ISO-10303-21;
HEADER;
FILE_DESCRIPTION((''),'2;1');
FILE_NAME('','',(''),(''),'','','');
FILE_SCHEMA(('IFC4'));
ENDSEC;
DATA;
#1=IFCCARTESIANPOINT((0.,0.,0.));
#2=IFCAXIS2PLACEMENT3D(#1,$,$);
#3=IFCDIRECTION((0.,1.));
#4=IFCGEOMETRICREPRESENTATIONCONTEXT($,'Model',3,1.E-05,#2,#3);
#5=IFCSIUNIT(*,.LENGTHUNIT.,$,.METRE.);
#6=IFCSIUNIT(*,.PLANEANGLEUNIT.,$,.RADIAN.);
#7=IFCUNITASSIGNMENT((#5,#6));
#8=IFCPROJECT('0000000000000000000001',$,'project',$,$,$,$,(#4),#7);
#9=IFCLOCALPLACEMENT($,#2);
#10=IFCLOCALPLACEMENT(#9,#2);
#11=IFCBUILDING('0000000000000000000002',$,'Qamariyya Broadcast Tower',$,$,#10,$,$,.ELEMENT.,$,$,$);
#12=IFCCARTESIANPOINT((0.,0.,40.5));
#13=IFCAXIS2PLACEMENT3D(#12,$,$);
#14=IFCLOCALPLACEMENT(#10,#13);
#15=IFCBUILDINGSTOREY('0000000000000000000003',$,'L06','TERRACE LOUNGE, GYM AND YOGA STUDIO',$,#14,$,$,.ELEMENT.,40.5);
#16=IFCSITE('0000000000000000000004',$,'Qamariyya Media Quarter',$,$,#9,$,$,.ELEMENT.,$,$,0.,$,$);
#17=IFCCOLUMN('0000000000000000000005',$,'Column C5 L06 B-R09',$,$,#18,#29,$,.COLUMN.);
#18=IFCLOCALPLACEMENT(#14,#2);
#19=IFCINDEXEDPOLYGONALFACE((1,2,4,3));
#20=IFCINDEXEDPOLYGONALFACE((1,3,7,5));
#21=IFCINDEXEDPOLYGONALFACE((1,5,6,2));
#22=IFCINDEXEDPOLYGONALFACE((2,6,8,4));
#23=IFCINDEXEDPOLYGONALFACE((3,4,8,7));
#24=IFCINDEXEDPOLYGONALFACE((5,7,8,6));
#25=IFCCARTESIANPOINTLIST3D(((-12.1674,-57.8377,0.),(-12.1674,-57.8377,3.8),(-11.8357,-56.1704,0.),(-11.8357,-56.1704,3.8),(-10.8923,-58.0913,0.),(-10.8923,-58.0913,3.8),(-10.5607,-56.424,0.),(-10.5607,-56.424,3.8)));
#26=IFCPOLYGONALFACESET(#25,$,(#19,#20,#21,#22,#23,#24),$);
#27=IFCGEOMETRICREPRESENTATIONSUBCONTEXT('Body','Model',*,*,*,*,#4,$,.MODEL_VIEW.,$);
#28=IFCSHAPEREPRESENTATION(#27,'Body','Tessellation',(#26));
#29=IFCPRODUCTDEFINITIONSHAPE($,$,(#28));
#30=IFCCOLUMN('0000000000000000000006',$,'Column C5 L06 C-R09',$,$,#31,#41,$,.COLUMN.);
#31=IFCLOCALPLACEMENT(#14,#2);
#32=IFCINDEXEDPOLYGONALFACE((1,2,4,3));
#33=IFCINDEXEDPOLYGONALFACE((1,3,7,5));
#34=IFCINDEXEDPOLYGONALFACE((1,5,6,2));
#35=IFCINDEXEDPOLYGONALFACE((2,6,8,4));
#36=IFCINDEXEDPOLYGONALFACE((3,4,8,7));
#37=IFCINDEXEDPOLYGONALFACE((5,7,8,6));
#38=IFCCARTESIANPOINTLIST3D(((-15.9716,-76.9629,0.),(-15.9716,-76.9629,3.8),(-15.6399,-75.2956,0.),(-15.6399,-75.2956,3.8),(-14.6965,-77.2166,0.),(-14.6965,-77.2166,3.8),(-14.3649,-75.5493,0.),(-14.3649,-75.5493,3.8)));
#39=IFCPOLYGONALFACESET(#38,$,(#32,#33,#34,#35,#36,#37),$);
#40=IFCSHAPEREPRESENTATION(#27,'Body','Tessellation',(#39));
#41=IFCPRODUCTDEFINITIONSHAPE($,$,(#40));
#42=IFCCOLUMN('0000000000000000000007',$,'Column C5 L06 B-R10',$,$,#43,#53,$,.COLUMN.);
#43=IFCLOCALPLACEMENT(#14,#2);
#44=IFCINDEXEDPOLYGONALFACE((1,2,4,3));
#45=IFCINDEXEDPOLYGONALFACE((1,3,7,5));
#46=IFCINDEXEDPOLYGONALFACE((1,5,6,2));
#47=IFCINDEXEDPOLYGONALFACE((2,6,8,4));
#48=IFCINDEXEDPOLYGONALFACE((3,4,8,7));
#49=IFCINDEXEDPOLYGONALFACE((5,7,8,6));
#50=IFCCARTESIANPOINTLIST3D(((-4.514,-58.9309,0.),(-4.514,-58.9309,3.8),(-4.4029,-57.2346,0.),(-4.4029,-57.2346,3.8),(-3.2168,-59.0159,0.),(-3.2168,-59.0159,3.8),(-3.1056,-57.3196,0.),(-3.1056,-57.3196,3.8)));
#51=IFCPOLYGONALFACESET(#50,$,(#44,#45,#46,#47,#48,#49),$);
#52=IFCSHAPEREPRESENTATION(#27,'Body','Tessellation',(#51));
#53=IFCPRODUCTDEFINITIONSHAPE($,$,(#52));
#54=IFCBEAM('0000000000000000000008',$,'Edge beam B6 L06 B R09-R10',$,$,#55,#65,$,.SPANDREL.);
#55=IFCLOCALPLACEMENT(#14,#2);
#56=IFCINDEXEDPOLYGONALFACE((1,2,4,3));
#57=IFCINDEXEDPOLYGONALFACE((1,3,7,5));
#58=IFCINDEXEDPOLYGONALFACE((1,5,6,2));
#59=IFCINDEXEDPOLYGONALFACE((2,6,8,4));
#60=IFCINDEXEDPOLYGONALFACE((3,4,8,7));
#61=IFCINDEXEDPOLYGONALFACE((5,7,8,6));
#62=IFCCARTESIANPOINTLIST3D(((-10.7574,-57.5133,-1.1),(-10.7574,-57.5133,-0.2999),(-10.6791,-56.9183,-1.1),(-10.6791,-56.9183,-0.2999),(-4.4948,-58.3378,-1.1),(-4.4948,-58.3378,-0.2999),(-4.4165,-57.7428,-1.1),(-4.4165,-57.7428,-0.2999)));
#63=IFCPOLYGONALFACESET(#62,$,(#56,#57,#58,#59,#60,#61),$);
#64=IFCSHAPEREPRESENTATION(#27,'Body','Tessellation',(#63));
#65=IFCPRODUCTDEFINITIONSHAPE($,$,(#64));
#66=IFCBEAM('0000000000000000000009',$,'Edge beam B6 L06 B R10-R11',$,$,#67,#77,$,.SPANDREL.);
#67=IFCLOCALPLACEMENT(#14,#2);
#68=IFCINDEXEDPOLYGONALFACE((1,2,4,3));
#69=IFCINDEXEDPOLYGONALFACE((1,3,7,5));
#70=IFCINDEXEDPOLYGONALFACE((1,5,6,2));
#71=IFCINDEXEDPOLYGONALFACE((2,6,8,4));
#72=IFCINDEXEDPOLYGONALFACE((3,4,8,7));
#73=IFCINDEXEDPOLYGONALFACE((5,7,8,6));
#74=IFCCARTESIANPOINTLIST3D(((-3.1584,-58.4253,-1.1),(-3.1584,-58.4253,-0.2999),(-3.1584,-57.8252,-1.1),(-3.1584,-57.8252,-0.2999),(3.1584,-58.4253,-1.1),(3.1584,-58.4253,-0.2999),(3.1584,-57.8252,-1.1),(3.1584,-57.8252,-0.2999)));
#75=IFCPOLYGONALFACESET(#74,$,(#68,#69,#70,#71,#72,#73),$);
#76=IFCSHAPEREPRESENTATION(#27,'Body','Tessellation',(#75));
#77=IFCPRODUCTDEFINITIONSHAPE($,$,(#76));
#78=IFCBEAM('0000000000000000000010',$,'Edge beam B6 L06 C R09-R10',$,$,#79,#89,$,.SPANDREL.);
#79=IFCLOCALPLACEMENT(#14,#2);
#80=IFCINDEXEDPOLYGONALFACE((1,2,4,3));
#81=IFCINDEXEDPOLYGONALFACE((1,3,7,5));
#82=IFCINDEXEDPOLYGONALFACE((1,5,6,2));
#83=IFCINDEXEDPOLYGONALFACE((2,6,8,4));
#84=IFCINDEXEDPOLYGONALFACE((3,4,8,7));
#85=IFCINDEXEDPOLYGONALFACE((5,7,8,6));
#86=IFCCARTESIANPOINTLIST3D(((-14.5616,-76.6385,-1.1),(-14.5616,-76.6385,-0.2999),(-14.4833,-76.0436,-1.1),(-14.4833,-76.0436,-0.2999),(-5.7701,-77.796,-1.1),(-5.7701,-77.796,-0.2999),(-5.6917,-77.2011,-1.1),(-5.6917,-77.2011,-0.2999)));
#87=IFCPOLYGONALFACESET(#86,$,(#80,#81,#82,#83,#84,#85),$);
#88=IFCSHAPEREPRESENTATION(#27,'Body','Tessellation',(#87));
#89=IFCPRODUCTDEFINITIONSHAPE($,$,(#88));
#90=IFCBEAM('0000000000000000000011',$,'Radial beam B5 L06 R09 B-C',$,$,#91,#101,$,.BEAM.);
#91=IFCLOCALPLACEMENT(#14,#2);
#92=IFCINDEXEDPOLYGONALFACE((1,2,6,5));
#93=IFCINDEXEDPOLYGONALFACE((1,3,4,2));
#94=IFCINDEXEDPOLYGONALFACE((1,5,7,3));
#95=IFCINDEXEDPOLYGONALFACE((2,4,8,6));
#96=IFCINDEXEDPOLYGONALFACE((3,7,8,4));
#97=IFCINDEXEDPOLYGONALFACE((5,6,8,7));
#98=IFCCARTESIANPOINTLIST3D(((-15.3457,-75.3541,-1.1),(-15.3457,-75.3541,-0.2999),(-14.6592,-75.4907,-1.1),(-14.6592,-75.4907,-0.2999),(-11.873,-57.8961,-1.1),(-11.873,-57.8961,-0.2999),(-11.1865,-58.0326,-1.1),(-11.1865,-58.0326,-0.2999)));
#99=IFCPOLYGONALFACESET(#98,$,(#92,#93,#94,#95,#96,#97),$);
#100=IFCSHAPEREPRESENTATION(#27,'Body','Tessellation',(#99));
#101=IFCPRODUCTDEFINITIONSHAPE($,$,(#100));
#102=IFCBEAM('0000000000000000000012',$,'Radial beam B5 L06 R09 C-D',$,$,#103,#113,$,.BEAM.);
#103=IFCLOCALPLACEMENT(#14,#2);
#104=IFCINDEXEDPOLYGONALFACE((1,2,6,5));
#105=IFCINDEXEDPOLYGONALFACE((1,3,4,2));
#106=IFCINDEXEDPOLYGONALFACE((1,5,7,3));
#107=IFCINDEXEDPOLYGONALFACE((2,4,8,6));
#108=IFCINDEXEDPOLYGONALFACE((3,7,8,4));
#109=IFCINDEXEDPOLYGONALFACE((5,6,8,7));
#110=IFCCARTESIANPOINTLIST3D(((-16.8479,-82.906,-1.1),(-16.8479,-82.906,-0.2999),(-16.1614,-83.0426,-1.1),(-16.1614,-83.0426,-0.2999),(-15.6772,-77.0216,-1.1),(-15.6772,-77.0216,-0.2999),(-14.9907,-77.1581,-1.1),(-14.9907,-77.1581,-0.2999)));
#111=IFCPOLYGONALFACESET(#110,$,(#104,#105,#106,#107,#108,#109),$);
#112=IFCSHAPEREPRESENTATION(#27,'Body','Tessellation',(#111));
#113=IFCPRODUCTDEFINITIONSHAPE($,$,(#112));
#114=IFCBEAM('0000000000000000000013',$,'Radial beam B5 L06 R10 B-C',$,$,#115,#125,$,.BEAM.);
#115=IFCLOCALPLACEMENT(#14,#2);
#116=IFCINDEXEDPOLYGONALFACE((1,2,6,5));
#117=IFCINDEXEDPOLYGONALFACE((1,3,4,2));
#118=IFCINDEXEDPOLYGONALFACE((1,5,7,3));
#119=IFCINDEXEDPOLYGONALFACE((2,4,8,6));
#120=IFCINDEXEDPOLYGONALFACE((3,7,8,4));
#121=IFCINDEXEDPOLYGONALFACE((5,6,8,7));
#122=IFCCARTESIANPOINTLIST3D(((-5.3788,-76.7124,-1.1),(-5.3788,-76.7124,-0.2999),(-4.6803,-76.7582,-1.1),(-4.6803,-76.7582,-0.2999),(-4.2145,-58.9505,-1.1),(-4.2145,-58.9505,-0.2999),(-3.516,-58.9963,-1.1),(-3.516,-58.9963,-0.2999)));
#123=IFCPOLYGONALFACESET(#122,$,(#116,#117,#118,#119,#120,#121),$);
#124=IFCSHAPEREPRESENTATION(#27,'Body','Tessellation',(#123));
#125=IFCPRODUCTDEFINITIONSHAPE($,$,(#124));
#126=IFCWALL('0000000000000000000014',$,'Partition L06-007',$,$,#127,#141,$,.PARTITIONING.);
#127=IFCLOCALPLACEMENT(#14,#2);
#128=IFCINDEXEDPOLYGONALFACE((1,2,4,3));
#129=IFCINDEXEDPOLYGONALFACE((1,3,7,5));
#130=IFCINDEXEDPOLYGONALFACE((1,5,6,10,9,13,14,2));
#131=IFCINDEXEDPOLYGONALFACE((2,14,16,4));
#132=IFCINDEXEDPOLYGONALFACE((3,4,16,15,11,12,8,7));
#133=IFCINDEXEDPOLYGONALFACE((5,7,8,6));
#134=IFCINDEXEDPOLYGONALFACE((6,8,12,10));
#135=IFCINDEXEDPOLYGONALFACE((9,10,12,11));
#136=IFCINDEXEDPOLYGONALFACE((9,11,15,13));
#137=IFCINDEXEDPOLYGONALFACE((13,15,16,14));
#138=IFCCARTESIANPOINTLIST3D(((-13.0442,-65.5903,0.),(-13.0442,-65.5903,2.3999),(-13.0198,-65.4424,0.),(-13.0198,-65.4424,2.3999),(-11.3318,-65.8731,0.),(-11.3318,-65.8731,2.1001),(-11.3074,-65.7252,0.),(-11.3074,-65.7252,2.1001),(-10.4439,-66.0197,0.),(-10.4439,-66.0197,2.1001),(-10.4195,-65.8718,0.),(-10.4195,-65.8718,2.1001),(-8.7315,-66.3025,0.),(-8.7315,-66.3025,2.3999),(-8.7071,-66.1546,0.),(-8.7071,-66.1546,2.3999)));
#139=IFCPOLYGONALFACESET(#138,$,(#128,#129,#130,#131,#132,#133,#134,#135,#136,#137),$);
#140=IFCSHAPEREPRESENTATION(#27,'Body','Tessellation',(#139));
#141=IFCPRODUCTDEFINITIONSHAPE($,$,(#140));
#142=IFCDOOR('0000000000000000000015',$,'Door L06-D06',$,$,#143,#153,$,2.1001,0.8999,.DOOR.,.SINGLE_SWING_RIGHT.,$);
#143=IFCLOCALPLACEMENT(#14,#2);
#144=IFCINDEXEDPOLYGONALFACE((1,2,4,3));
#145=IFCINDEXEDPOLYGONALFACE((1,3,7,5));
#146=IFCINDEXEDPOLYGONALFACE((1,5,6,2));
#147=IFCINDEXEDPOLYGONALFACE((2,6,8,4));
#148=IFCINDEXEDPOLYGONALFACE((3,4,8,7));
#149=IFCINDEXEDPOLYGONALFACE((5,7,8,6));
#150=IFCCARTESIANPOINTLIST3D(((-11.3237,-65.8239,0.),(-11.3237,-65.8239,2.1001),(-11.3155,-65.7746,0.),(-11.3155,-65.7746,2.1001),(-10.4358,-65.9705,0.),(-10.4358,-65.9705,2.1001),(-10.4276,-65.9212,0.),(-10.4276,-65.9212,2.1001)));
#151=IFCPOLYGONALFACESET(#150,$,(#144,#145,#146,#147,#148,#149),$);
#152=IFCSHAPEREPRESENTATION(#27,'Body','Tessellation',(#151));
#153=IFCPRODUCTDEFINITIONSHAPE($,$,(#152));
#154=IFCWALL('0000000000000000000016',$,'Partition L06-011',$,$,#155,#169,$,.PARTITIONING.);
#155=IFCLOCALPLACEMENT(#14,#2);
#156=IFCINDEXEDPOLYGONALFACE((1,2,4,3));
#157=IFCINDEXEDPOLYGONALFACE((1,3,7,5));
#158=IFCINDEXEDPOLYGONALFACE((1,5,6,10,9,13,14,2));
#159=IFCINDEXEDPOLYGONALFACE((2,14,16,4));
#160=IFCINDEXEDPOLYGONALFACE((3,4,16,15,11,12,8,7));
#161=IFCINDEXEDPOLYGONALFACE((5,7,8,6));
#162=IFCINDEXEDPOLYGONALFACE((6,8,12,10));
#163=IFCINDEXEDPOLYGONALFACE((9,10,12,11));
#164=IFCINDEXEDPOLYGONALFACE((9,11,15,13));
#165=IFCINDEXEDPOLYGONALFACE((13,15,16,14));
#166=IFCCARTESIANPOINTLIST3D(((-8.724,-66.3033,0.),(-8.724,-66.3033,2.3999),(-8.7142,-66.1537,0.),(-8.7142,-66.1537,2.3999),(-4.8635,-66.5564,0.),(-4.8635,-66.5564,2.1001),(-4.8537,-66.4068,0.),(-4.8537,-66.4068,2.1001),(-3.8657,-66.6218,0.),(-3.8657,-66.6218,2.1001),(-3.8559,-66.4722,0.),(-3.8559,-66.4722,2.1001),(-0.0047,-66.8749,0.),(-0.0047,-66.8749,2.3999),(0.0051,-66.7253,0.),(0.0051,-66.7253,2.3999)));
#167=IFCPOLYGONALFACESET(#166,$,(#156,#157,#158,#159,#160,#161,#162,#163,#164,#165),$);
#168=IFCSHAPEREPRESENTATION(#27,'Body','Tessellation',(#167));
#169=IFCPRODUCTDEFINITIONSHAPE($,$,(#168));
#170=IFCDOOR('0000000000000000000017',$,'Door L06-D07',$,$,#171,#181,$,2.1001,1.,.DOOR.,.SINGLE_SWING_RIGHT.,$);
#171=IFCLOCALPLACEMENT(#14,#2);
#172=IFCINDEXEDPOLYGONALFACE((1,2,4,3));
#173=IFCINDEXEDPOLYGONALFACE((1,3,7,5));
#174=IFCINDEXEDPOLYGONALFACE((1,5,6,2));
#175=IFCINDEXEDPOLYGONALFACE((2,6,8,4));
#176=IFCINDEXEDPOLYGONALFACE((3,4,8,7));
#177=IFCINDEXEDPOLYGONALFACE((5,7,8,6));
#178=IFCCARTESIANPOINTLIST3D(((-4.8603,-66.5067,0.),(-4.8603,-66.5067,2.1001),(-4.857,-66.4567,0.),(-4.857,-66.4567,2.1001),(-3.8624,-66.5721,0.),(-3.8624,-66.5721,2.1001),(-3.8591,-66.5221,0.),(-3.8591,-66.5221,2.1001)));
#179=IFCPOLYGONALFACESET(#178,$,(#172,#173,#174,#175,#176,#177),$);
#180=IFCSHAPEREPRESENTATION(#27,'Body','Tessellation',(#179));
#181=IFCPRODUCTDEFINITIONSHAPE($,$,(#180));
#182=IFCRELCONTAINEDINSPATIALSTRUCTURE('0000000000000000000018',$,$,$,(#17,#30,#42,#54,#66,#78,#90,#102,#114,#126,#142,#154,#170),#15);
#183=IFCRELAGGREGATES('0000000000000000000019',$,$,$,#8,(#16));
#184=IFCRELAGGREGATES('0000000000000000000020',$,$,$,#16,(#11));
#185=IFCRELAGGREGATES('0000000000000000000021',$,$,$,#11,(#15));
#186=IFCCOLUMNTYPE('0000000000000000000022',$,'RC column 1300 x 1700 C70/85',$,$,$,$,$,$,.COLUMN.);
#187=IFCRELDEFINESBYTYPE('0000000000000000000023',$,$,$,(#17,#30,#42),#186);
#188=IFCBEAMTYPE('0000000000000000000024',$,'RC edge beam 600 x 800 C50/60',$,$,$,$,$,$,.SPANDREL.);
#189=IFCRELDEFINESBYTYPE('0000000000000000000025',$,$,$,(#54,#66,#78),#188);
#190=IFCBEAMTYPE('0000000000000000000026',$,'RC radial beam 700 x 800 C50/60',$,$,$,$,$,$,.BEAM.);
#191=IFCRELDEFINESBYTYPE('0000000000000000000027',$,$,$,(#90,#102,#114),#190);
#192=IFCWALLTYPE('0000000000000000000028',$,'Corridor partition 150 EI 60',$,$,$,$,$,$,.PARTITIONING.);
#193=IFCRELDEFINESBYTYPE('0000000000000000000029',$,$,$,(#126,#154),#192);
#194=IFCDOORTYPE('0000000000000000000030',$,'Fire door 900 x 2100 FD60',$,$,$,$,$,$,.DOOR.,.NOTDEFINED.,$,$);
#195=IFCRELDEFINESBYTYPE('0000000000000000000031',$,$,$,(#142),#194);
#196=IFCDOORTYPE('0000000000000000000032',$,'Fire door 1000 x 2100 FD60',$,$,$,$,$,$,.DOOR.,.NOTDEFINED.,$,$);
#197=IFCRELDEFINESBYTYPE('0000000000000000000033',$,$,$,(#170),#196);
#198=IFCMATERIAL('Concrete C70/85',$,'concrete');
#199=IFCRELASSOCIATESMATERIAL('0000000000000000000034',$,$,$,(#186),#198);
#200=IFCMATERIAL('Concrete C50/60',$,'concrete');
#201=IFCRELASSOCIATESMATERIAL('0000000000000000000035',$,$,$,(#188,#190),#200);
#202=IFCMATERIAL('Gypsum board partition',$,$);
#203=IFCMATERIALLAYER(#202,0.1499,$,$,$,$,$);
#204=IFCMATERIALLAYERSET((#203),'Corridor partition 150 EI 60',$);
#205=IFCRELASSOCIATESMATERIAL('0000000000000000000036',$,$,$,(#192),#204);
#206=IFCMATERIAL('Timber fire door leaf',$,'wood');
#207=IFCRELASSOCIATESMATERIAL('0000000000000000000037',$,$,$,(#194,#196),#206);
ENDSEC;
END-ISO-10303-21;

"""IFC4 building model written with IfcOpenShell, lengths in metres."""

from ifc_helpers import new_model, si_unit, direction, frame, frame_2d, origin, origin_2d, place, context, subcontext, project, spatial, rectangle, extrude, material, layer, layer_set, material_profile, profile_set, type_object, element, fill, save


model = new_model("IFC4")

# Units and contexts
model_context = context("Model", 3, precision=1e-05, world=origin(), true_north=direction((0.0, 1.0)))
body_context = subcontext(model_context, "Body", "Model", "MODEL_VIEW")
ifc_project = project(units=[si_unit("LENGTHUNIT", "METRE"), si_unit("PLANEANGLEUNIT", "RADIAN")], contexts=[model_context])

# Site, building, storey
site_placement = place(None, origin())
site = spatial("IfcSite", under=ifc_project, at=site_placement, Name="Qamariyya Media Quarter", CompositionType="ELEMENT", RefElevation=0.0)
building_placement = place(site_placement, origin())
building = spatial("IfcBuilding", under=site, at=building_placement, Name="Qamariyya Broadcast Tower", CompositionType="ELEMENT")
storey_placement = place(building_placement, frame((0.0, 0.0, 40.5)))
storey = spatial("IfcBuildingStorey", under=building, at=storey_placement, Name="L06", Description="TERRACE LOUNGE, GYM AND YOGA STUDIO", CompositionType="ELEMENT", Elevation=40.5)

# Columns
ifc_material_1 = material(Name="Concrete C70/85", Category="concrete")
ifc_material_profile_1 = material_profile(ifc_material_1, rectangle(XDim=1.3, YDim=1.7, at=origin_2d()))
ifc_profile_set_1 = profile_set([ifc_material_profile_1], Name="Concrete C70/85")
column_type = type_object("IfcColumnType", Name="RC column 1300 x 1700 C70/85", PredefinedType="COLUMN", material=ifc_profile_set_1)
for number, where, z_axis, x_axis, name in (
    (1, (-11.364, -57.1309, 0.0), (0.0, 0.0, 1.0), (0.980785, -0.19509, 0.0), "Column C5 L06 B-R09"),
    (2, (-15.1682, -76.2561, 0.0), (0.0, 0.0, 1.0), (0.980785, -0.19509, 0.0), "Column C5 L06 C-R09"),
    (3, (-3.8098, -58.1252, 0.0), (0.0, 0.0, 1.0), (0.997859, -0.065403, 0.0), "Column C5 L06 B-R10"),
):
    element("IfcColumn", number, at=place(storey_placement, frame(where, z_axis=z_axis, x_axis=x_axis)), inside=storey, type_object=column_type, Name=name, PredefinedType="COLUMN", context=body_context, shape_type="SweptSolid", body=[
        extrude(rectangle(XDim=1.3, YDim=1.7, at=origin_2d()), origin(), (0.0, 0.0, 1.0), 3.8),
    ])

# Beams
ifc_material_2 = material(Name="Concrete C50/60", Category="concrete")
ifc_material_profile_2 = material_profile(ifc_material_2, rectangle(XDim=0.6001, YDim=0.8, at=origin_2d()))
ifc_profile_set_2 = profile_set([ifc_material_profile_2], Name="Concrete C50/60")
beam_type_1 = type_object("IfcBeamType", Name="RC edge beam 600 x 800 C50/60", PredefinedType="SPANDREL", material=ifc_profile_set_2)
beam_1_placement = place(storey_placement, frame((-10.7183, -57.2158, -0.7), z_axis=(0.991446, -0.13052, 0.0), x_axis=(0.13052, 0.991446, 0.0)))
element("IfcBeam", 4, at=beam_1_placement, inside=storey, type_object=beam_type_1, Name="Edge beam B6 L06 B R09-R10", PredefinedType="SPANDREL", context=body_context, shape_type="SweptSolid", body=[
    extrude(rectangle(XDim=0.6001, YDim=0.8, at=origin_2d()), origin(), (0.0, 0.0, 1.0), 6.3167),
])
beam_2_placement = place(storey_placement, frame((-3.1584, -58.1252, -0.7), z_axis=(1.0, 0.0, 0.0), x_axis=(0.0, 1.0, 0.0)))
element("IfcBeam", 5, at=beam_2_placement, inside=storey, type_object=beam_type_1, Name="Edge beam B6 L06 B R10-R11", PredefinedType="SPANDREL", context=body_context, shape_type="SweptSolid", body=[
    extrude(rectangle(XDim=0.6001, YDim=0.8, at=origin_2d()), origin(), (0.0, 0.0, 1.0), 6.3169),
])
beam_3_placement = place(storey_placement, frame((-14.5225, -76.3411, -0.7), z_axis=(0.991444, -0.130531, 0.0), x_axis=(0.130531, 0.991444, 0.0)))
element("IfcBeam", 6, at=beam_3_placement, inside=storey, type_object=beam_type_1, Name="Edge beam B6 L06 C R09-R10", PredefinedType="SPANDREL", context=body_context, shape_type="SweptSolid", body=[
    extrude(rectangle(XDim=0.6001, YDim=0.8, at=origin_2d()), origin(), (0.0, 0.0, 1.0), 8.8674),
])
ifc_material_profile_3 = material_profile(ifc_material_2, rectangle(XDim=0.7, YDim=0.8, at=origin_2d()))
ifc_profile_set_3 = profile_set([ifc_material_profile_3], Name="Concrete C50/60")
beam_type_2 = type_object("IfcBeamType", Name="RC radial beam 700 x 800 C50/60", PredefinedType="BEAM", material=ifc_profile_set_3)
beam_4_placement = place(storey_placement, frame((-11.5298, -57.9644, -0.7), z_axis=(-0.195093, -0.980785, 0.0), x_axis=(0.980785, -0.195093, 0.0)))
element("IfcBeam", 7, at=beam_4_placement, inside=storey, type_object=beam_type_2, Name="Radial beam B5 L06 R09 B-C", PredefinedType="BEAM", context=body_context, shape_type="SweptSolid", body=[
    extrude(rectangle(XDim=0.7, YDim=0.8, at=origin_2d()), origin(), (0.0, 0.0, 1.0), 17.8),
])
beam_5_placement = place(storey_placement, frame((-15.334, -77.0898, -0.7), z_axis=(-0.195114, -0.98078, 0.0), x_axis=(0.98078, -0.195114, 0.0)))
element("IfcBeam", 8, at=beam_5_placement, inside=storey, type_object=beam_type_2, Name="Radial beam B5 L06 R09 C-D", PredefinedType="BEAM", context=body_context, shape_type="SweptSolid", body=[
    extrude(rectangle(XDim=0.7, YDim=0.8, at=origin_2d()), origin(), (0.0, 0.0, 1.0), 5.9998),
])
beam_6_placement = place(storey_placement, frame((-3.8652, -58.9734, -0.7), z_axis=(-0.06541, -0.997858, 0.0), x_axis=(0.997858, -0.06541, 0.0)))
element("IfcBeam", 9, at=beam_6_placement, inside=storey, type_object=beam_type_2, Name="Radial beam B5 L06 R10 B-C", PredefinedType="BEAM", context=body_context, shape_type="SweptSolid", body=[
    extrude(rectangle(XDim=0.7, YDim=0.8, at=origin_2d()), origin(), (0.0, 0.0, 1.0), 17.8),
])

# Walls, openings, doors
ifc_material_3 = material(Name="Gypsum board partition")
ifc_layer_1 = layer(ifc_material_3, 0.1499)
ifc_layer_set_1 = layer_set([ifc_layer_1], Name="Corridor partition 150 EI 60")
wall_type_1 = type_object("IfcWallType", Name="Corridor partition 150 EI 60", PredefinedType="PARTITIONING", material=ifc_layer_set_1)
wall_1_placement = place(storey_placement, frame((-13.032, -65.5164, 0.0), z_axis=(0.0, 0.0, 1.0), x_axis=(0.986639, -0.162922, 0.0)))
wall_1 = element("IfcWall", 10, at=wall_1_placement, inside=storey, type_object=wall_type_1, Name="Partition L06-007", PredefinedType="PARTITIONING", context=body_context, shape_type="SweptSolid", body=[
    extrude(rectangle(XDim=4.3711, YDim=0.1499, at=frame_2d((2.1855, 0.0))), origin(), (0.0, 0.0, 1.0), 2.3999),
])
opening_1_placement = place(wall_1_placement, frame((1.7356, 0.0, 0.0)))
opening_1 = element("IfcOpeningElement", 11, at=opening_1_placement, cuts=wall_1, PredefinedType="OPENING", context=body_context, shape_type="SweptSolid", body=[
    extrude(rectangle(XDim=0.8999, YDim=2.1001, at=frame_2d((0.45, 1.05))), frame((0.0, 0.085, 0.0), z_axis=(0.0, -1.0, 0.0), x_axis=(1.0, 0.0, 0.0)), (0.0, 0.0, 1.0), 0.1699),
])
ifc_material_4 = material(Name="Timber fire door leaf", Category="wood")
door_type_1 = type_object("IfcDoorType", Name="Fire door 900 x 2100 FD60", OperationType="NOTDEFINED", PredefinedType="DOOR", material=ifc_material_4)
door_1_placement = place(opening_1_placement, origin())
door_1 = element("IfcDoor", 12, at=door_1_placement, inside=storey, type_object=door_type_1, Name="Door L06-D06", OperationType="SINGLE_SWING_RIGHT", OverallHeight=2.1001, OverallWidth=0.8999, PredefinedType="DOOR", context=body_context, shape_type="SweptSolid", body=[
    extrude(rectangle(XDim=0.8999, YDim=2.1001, at=frame_2d((0.45, 1.05))), frame((0.0, 0.0249, 0.0), z_axis=(0.0, -1.0, 0.0), x_axis=(1.0, 0.0, 0.0)), (0.0, 0.0, 1.0), 0.05),
])
fill(opening_1, door_1)
wall_2_placement = place(storey_placement, frame((-8.7192, -66.2285, 0.0), z_axis=(0.0, 0.0, 1.0), x_axis=(0.997859, -0.065408, 0.0)))
wall_2 = element("IfcWall", 13, at=wall_2_placement, inside=storey, type_object=wall_type_1, Name="Partition L06-011", PredefinedType="PARTITIONING", context=body_context, shape_type="SweptSolid", body=[
    extrude(rectangle(XDim=8.738, YDim=0.1499, at=frame_2d((4.3691, 0.0))), origin(), (0.0, 0.0, 1.0), 2.3999),
])
opening_2_placement = place(wall_2_placement, frame((3.8689, 0.0, 0.0)))
opening_2 = element("IfcOpeningElement", 14, at=opening_2_placement, cuts=wall_2, PredefinedType="OPENING", context=body_context, shape_type="SweptSolid", body=[
    extrude(rectangle(XDim=1.0, YDim=2.1001, at=frame_2d((0.5, 1.05))), frame((0.0, 0.085, 0.0), z_axis=(0.0, -1.0, 0.0), x_axis=(1.0, 0.0, 0.0)), (0.0, 0.0, 1.0), 0.1699),
])
door_type_2 = type_object("IfcDoorType", Name="Fire door 1000 x 2100 FD60", OperationType="NOTDEFINED", PredefinedType="DOOR", material=ifc_material_4)
door_2_placement = place(opening_2_placement, origin())
door_2 = element("IfcDoor", 15, at=door_2_placement, inside=storey, type_object=door_type_2, Name="Door L06-D07", OperationType="SINGLE_SWING_RIGHT", OverallHeight=2.1001, OverallWidth=1.0, PredefinedType="DOOR", context=body_context, shape_type="SweptSolid", body=[
    extrude(rectangle(XDim=1.0, YDim=2.1001, at=frame_2d((0.5, 1.05))), frame((0.0, 0.0249, 0.0), z_axis=(0.0, -1.0, 0.0), x_axis=(1.0, 0.0, 0.0)), (0.0, 0.0, 1.0), 0.05),
])
fill(opening_2, door_2)

save(model, "model.ifc")
